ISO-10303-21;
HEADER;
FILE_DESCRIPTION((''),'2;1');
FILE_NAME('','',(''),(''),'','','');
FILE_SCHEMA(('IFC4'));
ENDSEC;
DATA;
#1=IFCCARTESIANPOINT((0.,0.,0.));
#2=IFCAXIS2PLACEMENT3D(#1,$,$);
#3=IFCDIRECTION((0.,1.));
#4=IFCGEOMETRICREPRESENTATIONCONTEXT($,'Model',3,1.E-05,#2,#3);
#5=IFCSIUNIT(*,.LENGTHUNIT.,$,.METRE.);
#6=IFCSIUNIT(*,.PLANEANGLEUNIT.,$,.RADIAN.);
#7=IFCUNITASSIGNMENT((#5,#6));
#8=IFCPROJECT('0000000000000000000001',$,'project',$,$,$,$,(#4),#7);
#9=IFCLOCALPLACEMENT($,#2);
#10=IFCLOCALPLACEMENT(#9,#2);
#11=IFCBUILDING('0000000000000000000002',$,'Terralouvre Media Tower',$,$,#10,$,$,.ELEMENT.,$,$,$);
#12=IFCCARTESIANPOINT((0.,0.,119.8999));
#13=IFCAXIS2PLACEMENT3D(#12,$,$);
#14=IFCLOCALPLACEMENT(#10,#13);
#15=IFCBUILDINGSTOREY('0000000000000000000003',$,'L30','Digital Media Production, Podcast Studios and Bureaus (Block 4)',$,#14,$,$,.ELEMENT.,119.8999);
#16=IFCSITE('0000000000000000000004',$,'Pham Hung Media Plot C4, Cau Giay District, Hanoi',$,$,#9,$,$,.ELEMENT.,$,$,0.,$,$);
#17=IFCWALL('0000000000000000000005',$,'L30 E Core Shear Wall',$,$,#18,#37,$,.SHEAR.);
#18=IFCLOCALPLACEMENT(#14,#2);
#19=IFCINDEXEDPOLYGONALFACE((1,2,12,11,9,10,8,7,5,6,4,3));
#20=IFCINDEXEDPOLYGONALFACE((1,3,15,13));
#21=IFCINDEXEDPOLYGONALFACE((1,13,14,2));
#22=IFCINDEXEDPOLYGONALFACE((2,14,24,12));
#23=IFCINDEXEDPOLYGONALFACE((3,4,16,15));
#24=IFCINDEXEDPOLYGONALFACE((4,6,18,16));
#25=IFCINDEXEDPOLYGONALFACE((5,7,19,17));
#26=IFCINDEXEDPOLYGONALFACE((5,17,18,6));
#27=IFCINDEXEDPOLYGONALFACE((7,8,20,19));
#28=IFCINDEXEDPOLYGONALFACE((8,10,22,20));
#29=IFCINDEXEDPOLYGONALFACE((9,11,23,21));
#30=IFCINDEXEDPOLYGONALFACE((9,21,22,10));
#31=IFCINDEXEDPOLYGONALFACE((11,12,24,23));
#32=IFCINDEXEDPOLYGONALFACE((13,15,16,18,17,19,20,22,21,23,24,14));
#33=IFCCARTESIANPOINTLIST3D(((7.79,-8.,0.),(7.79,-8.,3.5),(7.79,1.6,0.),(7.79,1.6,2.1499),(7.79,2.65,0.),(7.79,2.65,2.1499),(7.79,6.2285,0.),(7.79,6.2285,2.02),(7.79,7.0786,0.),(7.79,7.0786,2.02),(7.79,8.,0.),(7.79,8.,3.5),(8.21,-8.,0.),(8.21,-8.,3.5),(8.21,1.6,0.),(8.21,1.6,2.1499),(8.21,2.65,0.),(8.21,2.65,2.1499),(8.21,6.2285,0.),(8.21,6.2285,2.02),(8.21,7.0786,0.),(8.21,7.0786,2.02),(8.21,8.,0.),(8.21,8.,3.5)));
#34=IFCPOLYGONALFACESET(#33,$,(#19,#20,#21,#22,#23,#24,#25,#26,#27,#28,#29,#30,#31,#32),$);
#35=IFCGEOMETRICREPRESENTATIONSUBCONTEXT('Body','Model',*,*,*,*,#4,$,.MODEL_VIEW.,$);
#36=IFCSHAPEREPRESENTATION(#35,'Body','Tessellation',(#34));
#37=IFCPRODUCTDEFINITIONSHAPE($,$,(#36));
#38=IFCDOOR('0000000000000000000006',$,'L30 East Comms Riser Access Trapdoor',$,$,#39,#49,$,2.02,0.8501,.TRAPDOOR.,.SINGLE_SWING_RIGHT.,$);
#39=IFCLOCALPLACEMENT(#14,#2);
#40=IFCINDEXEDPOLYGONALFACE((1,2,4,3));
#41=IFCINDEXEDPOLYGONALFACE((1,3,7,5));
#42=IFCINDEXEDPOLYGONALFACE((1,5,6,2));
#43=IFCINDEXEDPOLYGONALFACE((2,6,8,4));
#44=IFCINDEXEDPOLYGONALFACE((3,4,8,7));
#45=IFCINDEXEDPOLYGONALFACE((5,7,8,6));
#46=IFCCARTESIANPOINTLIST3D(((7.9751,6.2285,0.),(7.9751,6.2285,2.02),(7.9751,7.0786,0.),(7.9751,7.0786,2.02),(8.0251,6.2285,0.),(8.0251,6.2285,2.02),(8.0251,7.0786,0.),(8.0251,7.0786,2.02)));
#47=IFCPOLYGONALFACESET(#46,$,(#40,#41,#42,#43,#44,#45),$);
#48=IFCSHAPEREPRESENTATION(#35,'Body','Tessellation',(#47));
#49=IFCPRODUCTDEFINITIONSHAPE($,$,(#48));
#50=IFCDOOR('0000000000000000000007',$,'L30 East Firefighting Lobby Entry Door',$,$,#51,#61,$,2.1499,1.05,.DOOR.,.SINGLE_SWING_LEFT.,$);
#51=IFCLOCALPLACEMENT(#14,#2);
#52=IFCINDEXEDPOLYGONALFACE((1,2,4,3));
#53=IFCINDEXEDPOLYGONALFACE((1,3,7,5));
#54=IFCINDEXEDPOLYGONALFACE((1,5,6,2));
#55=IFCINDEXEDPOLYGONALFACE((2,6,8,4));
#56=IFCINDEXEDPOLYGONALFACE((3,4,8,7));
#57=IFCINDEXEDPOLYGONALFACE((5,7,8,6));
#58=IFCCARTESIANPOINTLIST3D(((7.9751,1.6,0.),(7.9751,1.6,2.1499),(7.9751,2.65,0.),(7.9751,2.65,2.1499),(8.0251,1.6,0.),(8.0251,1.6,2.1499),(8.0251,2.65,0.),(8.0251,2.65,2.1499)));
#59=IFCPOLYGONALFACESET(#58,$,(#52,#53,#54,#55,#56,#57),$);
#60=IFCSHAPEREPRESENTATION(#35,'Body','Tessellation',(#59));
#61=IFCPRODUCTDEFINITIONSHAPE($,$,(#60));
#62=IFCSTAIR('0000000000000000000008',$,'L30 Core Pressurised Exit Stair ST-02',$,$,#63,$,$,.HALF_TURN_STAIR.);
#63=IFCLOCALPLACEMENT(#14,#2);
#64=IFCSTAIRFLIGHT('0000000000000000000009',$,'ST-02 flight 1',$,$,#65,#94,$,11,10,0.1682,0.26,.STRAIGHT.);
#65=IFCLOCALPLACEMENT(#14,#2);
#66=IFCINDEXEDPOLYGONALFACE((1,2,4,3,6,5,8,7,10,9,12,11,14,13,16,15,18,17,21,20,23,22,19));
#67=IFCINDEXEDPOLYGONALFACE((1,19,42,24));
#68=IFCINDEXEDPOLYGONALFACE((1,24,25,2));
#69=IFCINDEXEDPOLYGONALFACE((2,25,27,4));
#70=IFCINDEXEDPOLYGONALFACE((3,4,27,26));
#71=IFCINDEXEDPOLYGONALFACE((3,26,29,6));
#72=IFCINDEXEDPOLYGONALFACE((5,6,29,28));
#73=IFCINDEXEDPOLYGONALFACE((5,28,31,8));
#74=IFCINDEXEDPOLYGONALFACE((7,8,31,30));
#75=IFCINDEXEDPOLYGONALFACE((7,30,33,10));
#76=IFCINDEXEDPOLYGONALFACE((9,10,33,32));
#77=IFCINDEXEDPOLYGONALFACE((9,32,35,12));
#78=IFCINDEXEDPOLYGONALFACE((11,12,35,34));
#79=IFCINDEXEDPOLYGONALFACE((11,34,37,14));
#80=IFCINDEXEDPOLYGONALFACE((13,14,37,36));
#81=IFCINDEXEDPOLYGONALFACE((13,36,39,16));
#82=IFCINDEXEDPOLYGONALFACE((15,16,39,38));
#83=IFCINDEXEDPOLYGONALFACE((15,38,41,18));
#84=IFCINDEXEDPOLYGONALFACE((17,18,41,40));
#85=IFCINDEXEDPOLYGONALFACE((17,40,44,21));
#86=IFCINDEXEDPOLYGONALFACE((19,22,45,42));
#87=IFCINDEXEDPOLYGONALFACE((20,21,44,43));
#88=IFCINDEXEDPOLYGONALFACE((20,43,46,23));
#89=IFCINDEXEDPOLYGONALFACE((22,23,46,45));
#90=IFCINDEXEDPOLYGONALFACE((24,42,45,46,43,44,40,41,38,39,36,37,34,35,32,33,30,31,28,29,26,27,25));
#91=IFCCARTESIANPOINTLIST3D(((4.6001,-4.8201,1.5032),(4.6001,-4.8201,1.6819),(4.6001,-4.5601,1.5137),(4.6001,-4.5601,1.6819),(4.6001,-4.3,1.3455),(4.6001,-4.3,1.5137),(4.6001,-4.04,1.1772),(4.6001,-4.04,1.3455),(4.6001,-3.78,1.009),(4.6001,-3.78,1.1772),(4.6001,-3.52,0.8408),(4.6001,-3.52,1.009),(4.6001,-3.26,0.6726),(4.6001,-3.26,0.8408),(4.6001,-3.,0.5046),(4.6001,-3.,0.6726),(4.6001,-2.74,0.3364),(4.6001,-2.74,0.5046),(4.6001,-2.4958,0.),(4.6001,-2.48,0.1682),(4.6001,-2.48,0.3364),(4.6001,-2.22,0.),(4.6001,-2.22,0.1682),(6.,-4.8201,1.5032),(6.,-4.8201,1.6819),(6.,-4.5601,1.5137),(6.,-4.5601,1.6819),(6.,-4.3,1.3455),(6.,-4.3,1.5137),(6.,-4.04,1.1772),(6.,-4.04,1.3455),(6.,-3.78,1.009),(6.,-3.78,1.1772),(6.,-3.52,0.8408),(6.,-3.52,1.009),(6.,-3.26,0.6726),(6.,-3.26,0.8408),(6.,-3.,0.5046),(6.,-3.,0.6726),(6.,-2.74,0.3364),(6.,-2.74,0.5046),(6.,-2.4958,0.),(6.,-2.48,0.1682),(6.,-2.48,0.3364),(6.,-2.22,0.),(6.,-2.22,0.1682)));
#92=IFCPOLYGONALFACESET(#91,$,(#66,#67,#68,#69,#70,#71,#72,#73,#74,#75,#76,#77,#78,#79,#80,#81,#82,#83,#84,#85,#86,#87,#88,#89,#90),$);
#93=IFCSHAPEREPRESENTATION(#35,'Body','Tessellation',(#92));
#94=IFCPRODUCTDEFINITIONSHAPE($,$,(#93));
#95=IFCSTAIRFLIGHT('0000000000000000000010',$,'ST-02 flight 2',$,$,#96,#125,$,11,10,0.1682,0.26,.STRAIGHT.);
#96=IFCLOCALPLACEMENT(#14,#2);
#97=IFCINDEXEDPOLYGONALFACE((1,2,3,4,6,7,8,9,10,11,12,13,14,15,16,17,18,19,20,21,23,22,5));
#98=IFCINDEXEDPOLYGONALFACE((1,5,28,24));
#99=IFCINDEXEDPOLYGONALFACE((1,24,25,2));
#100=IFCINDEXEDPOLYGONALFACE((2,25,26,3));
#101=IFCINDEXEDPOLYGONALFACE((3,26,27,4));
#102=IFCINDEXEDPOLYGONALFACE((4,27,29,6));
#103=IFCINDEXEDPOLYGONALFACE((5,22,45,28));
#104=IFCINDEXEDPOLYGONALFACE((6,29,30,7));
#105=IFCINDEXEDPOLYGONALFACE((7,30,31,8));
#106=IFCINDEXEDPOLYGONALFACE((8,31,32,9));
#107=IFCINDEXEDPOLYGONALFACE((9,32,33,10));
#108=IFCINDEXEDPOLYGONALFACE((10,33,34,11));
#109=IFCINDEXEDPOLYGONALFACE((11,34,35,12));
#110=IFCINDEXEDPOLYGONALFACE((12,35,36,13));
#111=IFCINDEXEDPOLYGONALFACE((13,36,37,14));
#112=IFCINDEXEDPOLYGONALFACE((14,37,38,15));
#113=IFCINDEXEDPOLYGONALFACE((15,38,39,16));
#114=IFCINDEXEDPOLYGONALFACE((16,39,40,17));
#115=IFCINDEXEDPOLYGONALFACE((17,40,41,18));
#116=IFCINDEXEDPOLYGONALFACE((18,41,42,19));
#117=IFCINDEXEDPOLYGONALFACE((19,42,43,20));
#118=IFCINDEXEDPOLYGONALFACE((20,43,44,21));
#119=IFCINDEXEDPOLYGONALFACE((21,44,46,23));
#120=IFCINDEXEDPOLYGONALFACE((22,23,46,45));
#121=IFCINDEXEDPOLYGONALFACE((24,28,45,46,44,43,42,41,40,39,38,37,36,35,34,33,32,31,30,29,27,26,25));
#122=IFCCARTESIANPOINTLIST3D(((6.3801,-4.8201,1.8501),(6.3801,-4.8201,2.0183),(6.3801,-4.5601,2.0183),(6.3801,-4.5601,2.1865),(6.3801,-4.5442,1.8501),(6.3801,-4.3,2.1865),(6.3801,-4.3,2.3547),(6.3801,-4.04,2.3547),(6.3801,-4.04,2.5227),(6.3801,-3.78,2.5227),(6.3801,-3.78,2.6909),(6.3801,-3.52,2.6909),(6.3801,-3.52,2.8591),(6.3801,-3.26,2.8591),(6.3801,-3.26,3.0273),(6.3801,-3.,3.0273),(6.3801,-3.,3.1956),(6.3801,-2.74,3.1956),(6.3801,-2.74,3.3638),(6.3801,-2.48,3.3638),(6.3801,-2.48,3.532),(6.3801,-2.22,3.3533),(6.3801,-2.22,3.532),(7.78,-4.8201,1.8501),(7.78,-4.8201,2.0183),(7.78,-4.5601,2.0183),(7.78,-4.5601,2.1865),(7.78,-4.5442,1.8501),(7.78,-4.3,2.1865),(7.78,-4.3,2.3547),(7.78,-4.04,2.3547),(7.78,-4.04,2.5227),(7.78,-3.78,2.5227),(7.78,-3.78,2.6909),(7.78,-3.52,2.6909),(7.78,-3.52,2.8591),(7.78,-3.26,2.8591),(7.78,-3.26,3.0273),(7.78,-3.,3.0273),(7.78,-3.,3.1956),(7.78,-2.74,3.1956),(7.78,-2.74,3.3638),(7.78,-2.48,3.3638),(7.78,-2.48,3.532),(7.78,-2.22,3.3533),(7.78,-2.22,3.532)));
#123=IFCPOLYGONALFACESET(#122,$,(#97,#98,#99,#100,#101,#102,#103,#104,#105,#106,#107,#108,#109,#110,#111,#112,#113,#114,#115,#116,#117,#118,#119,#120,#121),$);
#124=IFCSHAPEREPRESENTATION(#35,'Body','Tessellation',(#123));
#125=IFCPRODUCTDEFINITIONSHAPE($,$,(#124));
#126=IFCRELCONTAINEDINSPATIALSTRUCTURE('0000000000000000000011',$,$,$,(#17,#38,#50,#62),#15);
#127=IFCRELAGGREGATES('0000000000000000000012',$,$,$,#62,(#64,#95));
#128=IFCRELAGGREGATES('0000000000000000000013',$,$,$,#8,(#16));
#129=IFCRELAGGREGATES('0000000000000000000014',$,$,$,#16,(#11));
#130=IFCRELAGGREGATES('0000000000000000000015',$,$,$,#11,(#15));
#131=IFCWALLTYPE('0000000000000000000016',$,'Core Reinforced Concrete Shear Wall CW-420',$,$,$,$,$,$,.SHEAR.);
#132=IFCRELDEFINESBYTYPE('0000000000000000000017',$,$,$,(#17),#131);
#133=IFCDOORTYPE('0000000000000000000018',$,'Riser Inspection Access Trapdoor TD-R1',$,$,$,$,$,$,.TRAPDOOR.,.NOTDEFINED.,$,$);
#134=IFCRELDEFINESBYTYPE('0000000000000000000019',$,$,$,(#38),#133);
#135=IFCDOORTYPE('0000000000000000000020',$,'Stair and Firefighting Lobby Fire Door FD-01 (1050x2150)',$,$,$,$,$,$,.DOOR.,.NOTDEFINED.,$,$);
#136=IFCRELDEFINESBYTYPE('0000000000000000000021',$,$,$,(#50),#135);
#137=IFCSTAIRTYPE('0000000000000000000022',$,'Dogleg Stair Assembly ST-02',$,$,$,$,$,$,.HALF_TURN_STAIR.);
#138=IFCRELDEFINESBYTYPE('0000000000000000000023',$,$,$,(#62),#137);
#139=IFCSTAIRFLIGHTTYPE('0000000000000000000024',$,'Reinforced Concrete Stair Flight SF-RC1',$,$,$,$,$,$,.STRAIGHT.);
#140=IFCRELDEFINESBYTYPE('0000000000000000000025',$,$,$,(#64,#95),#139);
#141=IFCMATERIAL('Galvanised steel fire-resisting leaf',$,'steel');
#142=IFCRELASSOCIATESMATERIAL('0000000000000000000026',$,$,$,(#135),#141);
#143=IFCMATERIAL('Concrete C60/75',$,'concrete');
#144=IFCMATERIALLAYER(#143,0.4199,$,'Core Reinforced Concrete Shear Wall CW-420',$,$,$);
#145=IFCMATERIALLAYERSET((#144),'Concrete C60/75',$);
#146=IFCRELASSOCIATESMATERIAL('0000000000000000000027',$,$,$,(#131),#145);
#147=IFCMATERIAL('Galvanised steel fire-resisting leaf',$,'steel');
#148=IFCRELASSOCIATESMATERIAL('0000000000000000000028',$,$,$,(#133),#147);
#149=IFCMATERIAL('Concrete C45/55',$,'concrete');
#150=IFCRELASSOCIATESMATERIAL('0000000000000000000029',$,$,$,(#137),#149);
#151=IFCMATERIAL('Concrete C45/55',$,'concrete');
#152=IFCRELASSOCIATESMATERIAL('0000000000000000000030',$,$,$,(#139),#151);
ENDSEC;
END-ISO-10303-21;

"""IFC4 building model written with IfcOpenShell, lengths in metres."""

from ifc_helpers import new_model, si_unit, direction, frame, frame_2d, origin, place, context, subcontext, project, spatial, polyline, rectangle, outline, extrude, material, layer, layer_set, type_object, element, fill, aggregate, save


model = new_model("IFC4")

# Units and contexts
model_context = context("Model", 3, precision=1e-05, world=origin(), true_north=direction((0.0, 1.0)))
body_context = subcontext(model_context, "Body", "Model", "MODEL_VIEW")
ifc_project = project(units=[si_unit("LENGTHUNIT", "METRE"), si_unit("PLANEANGLEUNIT", "RADIAN")], contexts=[model_context])

# Site, building, storey
site_placement = place(None, origin())
site = spatial("IfcSite", under=ifc_project, at=site_placement, Name="Pham Hung Media Plot C4, Cau Giay District, Hanoi", CompositionType="ELEMENT", RefElevation=0.0)
building_placement = place(site_placement, origin())
building = spatial("IfcBuilding", under=site, at=building_placement, Name="Terralouvre Media Tower", CompositionType="ELEMENT")
storey_placement = place(building_placement, frame((0.0, 0.0, 119.8999)))
storey = spatial("IfcBuildingStorey", under=building, at=storey_placement, Name="L30", Description="Digital Media Production, Podcast Studios and Bureaus (Block 4)", CompositionType="ELEMENT", Elevation=119.8999)

# Shared definitions
ifc_material_1 = material(Name="Galvanised steel fire-resisting leaf", Category="steel")
door_type_1 = type_object("IfcDoorType", Name="Stair and Firefighting Lobby Fire Door FD-01 (1050x2150)", OperationType="NOTDEFINED", PredefinedType="DOOR", material=ifc_material_1)

# Wall, openings, doors
ifc_material_2 = material(Name="Concrete C60/75", Category="concrete")
ifc_layer_1 = layer(ifc_material_2, 0.4199, Name="Core Reinforced Concrete Shear Wall CW-420")
ifc_layer_set_1 = layer_set([ifc_layer_1], Name="Concrete C60/75")
wall_type_1 = type_object("IfcWallType", Name="Core Reinforced Concrete Shear Wall CW-420", PredefinedType="SHEAR", material=ifc_layer_set_1)
wall_1_placement = place(storey_placement, frame((8.0, -8.0, 0.0), z_axis=(0.0, 0.0, 1.0), x_axis=(0.0, 1.0, 0.0)))
wall_1 = element("IfcWall", 1, at=wall_1_placement, inside=storey, type_object=wall_type_1, Name="L30 E Core Shear Wall", PredefinedType="SHEAR", context=body_context, shape_type="SweptSolid", body=[
    extrude(rectangle(XDim=16.0, YDim=0.4199, at=frame_2d((8.0, 0.0))), origin(), (0.0, 0.0, 1.0), 3.5),
])
opening_1_placement = place(wall_1_placement, frame((9.6001, 0.0, 0.0)))
opening_1 = element("IfcOpeningElement", 2, at=opening_1_placement, cuts=wall_1, PredefinedType="OPENING", context=body_context, shape_type="SweptSolid", body=[
    extrude(rectangle(XDim=1.05, YDim=2.1499, at=frame_2d((0.5249, 1.075))), frame((0.0, 0.22, 0.0), z_axis=(0.0, -1.0, 0.0), x_axis=(1.0, 0.0, 0.0)), (0.0, 0.0, 1.0), 0.4399),
])
opening_2_placement = place(wall_1_placement, frame((14.2285, 0.0, 0.0)))
opening_2 = element("IfcOpeningElement", 3, at=opening_2_placement, cuts=wall_1, PredefinedType="OPENING", context=body_context, shape_type="SweptSolid", body=[
    extrude(rectangle(XDim=0.8501, YDim=2.02, at=frame_2d((0.425, 1.01))), frame((0.0, 0.22, 0.0), z_axis=(0.0, -1.0, 0.0), x_axis=(1.0, 0.0, 0.0)), (0.0, 0.0, 1.0), 0.4399),
])
ifc_material_3 = material(Name="Galvanised steel fire-resisting leaf", Category="steel")
door_type_2 = type_object("IfcDoorType", Name="Riser Inspection Access Trapdoor TD-R1", OperationType="NOTDEFINED", PredefinedType="TRAPDOOR", material=ifc_material_3)
door_1_placement = place(opening_2_placement, origin())
door_1 = element("IfcDoor", 4, at=door_1_placement, inside=storey, type_object=door_type_2, Name="L30 East Comms Riser Access Trapdoor", OperationType="SINGLE_SWING_RIGHT", OverallHeight=2.02, OverallWidth=0.8501, PredefinedType="TRAPDOOR", context=body_context, shape_type="SweptSolid", body=[
    extrude(rectangle(XDim=0.8501, YDim=2.02, at=frame_2d((0.425, 1.01))), frame((0.0, 0.0249, 0.0), z_axis=(0.0, -1.0, 0.0), x_axis=(1.0, 0.0, 0.0)), (0.0, 0.0, 1.0), 0.05),
])
fill(opening_2, door_1)
door_2_placement = place(opening_1_placement, origin())
door_2 = element("IfcDoor", 5, at=door_2_placement, inside=storey, type_object=door_type_1, Name="L30 East Firefighting Lobby Entry Door", OperationType="SINGLE_SWING_LEFT", OverallHeight=2.1499, OverallWidth=1.05, PredefinedType="DOOR", context=body_context, shape_type="SweptSolid", body=[
    extrude(rectangle(XDim=1.05, YDim=2.1499, at=frame_2d((0.5249, 1.075))), frame((0.0, 0.0249, 0.0), z_axis=(0.0, -1.0, 0.0), x_axis=(1.0, 0.0, 0.0)), (0.0, 0.0, 1.0), 0.05),
])
fill(opening_1, door_2)

# Stair, stair flights
ifc_material_4 = material(Name="Concrete C45/55", Category="concrete")
stair_type = type_object("IfcStairType", Name="Dogleg Stair Assembly ST-02", PredefinedType="HALF_TURN_STAIR", material=ifc_material_4)
stair_placement = place(storey_placement, origin())
stair = element("IfcStair", 6, at=stair_placement, inside=storey, type_object=stair_type, Name="L30 Core Pressurised Exit Stair ST-02", PredefinedType="HALF_TURN_STAIR")
ifc_material_5 = material(Name="Concrete C45/55", Category="concrete")
stair_flight_type = type_object("IfcStairFlightType", Name="Reinforced Concrete Stair Flight SF-RC1", PredefinedType="STRAIGHT", material=ifc_material_5)
stair_flight_1_placement = place(storey_placement, frame((5.3, -2.22, 0.0), z_axis=(0.0, 0.0, 1.0), x_axis=(0.0, -1.0, 0.0)))
stair_flight_1 = element("IfcStairFlight", 7, at=stair_flight_1_placement, type_object=stair_flight_type, Name="ST-02 flight 1", NumberOfRisers=11, NumberOfTreads=10, PredefinedType="STRAIGHT", RiserHeight=0.1682, TreadLength=0.26, context=body_context, shape_type="SweptSolid", body=[
    extrude(outline(polyline([(0.0, 0.0), (0.0, 0.1682), (0.26, 0.1682), (0.26, 0.3364), (0.52, 0.3364), (0.52, 0.5046), (0.78, 0.5046), (0.78, 0.6726), (1.04, 0.6726), (1.04, 0.8408), (1.3, 0.8408), (1.3, 1.009), (1.5601, 1.009), (1.5601, 1.1772), (1.8201, 1.1772), (1.8201, 1.3455), (2.0801, 1.3455), (2.0801, 1.5137), (2.3401, 1.5137), (2.3401, 1.6819), (2.6001, 1.6819), (2.6001, 1.8501), (2.6001, 1.5032), (0.2759, 0.0), (0.0, 0.0)])), frame((0.0, 0.7, 0.0), z_axis=(0.0, -1.0, 0.0), x_axis=(1.0, 0.0, 0.0)), (0.0, 0.0, 1.0), 1.3999),
])
stair_flight_2_placement = place(storey_placement, frame((7.0801, -4.8201, 1.8501), z_axis=(0.0, 0.0, 1.0), x_axis=(0.0, 1.0, 0.0)))
stair_flight_2 = element("IfcStairFlight", 8, at=stair_flight_2_placement, type_object=stair_flight_type, Name="ST-02 flight 2", NumberOfRisers=11, NumberOfTreads=10, PredefinedType="STRAIGHT", RiserHeight=0.1682, TreadLength=0.26, context=body_context, shape_type="SweptSolid", body=[
    extrude(outline(polyline([(0.0, 0.0), (0.0, 0.1682), (0.26, 0.1682), (0.26, 0.3364), (0.52, 0.3364), (0.52, 0.5046), (0.78, 0.5046), (0.78, 0.6726), (1.04, 0.6726), (1.04, 0.8408), (1.3, 0.8408), (1.3, 1.009), (1.5601, 1.009), (1.5601, 1.1772), (1.8201, 1.1772), (1.8201, 1.3455), (2.0801, 1.3455), (2.0801, 1.5137), (2.3401, 1.5137), (2.3401, 1.6819), (2.6001, 1.6819), (2.6001, 1.8501), (2.6001, 1.5032), (0.2759, 0.0), (0.0, 0.0)])), frame((0.0, 0.7, 0.0), z_axis=(0.0, -1.0, 0.0), x_axis=(1.0, 0.0, 0.0)), (0.0, 0.0, 1.0), 1.3999),
])
aggregate(stair, [stair_flight_1, stair_flight_2])

save(model, "model.ifc")
